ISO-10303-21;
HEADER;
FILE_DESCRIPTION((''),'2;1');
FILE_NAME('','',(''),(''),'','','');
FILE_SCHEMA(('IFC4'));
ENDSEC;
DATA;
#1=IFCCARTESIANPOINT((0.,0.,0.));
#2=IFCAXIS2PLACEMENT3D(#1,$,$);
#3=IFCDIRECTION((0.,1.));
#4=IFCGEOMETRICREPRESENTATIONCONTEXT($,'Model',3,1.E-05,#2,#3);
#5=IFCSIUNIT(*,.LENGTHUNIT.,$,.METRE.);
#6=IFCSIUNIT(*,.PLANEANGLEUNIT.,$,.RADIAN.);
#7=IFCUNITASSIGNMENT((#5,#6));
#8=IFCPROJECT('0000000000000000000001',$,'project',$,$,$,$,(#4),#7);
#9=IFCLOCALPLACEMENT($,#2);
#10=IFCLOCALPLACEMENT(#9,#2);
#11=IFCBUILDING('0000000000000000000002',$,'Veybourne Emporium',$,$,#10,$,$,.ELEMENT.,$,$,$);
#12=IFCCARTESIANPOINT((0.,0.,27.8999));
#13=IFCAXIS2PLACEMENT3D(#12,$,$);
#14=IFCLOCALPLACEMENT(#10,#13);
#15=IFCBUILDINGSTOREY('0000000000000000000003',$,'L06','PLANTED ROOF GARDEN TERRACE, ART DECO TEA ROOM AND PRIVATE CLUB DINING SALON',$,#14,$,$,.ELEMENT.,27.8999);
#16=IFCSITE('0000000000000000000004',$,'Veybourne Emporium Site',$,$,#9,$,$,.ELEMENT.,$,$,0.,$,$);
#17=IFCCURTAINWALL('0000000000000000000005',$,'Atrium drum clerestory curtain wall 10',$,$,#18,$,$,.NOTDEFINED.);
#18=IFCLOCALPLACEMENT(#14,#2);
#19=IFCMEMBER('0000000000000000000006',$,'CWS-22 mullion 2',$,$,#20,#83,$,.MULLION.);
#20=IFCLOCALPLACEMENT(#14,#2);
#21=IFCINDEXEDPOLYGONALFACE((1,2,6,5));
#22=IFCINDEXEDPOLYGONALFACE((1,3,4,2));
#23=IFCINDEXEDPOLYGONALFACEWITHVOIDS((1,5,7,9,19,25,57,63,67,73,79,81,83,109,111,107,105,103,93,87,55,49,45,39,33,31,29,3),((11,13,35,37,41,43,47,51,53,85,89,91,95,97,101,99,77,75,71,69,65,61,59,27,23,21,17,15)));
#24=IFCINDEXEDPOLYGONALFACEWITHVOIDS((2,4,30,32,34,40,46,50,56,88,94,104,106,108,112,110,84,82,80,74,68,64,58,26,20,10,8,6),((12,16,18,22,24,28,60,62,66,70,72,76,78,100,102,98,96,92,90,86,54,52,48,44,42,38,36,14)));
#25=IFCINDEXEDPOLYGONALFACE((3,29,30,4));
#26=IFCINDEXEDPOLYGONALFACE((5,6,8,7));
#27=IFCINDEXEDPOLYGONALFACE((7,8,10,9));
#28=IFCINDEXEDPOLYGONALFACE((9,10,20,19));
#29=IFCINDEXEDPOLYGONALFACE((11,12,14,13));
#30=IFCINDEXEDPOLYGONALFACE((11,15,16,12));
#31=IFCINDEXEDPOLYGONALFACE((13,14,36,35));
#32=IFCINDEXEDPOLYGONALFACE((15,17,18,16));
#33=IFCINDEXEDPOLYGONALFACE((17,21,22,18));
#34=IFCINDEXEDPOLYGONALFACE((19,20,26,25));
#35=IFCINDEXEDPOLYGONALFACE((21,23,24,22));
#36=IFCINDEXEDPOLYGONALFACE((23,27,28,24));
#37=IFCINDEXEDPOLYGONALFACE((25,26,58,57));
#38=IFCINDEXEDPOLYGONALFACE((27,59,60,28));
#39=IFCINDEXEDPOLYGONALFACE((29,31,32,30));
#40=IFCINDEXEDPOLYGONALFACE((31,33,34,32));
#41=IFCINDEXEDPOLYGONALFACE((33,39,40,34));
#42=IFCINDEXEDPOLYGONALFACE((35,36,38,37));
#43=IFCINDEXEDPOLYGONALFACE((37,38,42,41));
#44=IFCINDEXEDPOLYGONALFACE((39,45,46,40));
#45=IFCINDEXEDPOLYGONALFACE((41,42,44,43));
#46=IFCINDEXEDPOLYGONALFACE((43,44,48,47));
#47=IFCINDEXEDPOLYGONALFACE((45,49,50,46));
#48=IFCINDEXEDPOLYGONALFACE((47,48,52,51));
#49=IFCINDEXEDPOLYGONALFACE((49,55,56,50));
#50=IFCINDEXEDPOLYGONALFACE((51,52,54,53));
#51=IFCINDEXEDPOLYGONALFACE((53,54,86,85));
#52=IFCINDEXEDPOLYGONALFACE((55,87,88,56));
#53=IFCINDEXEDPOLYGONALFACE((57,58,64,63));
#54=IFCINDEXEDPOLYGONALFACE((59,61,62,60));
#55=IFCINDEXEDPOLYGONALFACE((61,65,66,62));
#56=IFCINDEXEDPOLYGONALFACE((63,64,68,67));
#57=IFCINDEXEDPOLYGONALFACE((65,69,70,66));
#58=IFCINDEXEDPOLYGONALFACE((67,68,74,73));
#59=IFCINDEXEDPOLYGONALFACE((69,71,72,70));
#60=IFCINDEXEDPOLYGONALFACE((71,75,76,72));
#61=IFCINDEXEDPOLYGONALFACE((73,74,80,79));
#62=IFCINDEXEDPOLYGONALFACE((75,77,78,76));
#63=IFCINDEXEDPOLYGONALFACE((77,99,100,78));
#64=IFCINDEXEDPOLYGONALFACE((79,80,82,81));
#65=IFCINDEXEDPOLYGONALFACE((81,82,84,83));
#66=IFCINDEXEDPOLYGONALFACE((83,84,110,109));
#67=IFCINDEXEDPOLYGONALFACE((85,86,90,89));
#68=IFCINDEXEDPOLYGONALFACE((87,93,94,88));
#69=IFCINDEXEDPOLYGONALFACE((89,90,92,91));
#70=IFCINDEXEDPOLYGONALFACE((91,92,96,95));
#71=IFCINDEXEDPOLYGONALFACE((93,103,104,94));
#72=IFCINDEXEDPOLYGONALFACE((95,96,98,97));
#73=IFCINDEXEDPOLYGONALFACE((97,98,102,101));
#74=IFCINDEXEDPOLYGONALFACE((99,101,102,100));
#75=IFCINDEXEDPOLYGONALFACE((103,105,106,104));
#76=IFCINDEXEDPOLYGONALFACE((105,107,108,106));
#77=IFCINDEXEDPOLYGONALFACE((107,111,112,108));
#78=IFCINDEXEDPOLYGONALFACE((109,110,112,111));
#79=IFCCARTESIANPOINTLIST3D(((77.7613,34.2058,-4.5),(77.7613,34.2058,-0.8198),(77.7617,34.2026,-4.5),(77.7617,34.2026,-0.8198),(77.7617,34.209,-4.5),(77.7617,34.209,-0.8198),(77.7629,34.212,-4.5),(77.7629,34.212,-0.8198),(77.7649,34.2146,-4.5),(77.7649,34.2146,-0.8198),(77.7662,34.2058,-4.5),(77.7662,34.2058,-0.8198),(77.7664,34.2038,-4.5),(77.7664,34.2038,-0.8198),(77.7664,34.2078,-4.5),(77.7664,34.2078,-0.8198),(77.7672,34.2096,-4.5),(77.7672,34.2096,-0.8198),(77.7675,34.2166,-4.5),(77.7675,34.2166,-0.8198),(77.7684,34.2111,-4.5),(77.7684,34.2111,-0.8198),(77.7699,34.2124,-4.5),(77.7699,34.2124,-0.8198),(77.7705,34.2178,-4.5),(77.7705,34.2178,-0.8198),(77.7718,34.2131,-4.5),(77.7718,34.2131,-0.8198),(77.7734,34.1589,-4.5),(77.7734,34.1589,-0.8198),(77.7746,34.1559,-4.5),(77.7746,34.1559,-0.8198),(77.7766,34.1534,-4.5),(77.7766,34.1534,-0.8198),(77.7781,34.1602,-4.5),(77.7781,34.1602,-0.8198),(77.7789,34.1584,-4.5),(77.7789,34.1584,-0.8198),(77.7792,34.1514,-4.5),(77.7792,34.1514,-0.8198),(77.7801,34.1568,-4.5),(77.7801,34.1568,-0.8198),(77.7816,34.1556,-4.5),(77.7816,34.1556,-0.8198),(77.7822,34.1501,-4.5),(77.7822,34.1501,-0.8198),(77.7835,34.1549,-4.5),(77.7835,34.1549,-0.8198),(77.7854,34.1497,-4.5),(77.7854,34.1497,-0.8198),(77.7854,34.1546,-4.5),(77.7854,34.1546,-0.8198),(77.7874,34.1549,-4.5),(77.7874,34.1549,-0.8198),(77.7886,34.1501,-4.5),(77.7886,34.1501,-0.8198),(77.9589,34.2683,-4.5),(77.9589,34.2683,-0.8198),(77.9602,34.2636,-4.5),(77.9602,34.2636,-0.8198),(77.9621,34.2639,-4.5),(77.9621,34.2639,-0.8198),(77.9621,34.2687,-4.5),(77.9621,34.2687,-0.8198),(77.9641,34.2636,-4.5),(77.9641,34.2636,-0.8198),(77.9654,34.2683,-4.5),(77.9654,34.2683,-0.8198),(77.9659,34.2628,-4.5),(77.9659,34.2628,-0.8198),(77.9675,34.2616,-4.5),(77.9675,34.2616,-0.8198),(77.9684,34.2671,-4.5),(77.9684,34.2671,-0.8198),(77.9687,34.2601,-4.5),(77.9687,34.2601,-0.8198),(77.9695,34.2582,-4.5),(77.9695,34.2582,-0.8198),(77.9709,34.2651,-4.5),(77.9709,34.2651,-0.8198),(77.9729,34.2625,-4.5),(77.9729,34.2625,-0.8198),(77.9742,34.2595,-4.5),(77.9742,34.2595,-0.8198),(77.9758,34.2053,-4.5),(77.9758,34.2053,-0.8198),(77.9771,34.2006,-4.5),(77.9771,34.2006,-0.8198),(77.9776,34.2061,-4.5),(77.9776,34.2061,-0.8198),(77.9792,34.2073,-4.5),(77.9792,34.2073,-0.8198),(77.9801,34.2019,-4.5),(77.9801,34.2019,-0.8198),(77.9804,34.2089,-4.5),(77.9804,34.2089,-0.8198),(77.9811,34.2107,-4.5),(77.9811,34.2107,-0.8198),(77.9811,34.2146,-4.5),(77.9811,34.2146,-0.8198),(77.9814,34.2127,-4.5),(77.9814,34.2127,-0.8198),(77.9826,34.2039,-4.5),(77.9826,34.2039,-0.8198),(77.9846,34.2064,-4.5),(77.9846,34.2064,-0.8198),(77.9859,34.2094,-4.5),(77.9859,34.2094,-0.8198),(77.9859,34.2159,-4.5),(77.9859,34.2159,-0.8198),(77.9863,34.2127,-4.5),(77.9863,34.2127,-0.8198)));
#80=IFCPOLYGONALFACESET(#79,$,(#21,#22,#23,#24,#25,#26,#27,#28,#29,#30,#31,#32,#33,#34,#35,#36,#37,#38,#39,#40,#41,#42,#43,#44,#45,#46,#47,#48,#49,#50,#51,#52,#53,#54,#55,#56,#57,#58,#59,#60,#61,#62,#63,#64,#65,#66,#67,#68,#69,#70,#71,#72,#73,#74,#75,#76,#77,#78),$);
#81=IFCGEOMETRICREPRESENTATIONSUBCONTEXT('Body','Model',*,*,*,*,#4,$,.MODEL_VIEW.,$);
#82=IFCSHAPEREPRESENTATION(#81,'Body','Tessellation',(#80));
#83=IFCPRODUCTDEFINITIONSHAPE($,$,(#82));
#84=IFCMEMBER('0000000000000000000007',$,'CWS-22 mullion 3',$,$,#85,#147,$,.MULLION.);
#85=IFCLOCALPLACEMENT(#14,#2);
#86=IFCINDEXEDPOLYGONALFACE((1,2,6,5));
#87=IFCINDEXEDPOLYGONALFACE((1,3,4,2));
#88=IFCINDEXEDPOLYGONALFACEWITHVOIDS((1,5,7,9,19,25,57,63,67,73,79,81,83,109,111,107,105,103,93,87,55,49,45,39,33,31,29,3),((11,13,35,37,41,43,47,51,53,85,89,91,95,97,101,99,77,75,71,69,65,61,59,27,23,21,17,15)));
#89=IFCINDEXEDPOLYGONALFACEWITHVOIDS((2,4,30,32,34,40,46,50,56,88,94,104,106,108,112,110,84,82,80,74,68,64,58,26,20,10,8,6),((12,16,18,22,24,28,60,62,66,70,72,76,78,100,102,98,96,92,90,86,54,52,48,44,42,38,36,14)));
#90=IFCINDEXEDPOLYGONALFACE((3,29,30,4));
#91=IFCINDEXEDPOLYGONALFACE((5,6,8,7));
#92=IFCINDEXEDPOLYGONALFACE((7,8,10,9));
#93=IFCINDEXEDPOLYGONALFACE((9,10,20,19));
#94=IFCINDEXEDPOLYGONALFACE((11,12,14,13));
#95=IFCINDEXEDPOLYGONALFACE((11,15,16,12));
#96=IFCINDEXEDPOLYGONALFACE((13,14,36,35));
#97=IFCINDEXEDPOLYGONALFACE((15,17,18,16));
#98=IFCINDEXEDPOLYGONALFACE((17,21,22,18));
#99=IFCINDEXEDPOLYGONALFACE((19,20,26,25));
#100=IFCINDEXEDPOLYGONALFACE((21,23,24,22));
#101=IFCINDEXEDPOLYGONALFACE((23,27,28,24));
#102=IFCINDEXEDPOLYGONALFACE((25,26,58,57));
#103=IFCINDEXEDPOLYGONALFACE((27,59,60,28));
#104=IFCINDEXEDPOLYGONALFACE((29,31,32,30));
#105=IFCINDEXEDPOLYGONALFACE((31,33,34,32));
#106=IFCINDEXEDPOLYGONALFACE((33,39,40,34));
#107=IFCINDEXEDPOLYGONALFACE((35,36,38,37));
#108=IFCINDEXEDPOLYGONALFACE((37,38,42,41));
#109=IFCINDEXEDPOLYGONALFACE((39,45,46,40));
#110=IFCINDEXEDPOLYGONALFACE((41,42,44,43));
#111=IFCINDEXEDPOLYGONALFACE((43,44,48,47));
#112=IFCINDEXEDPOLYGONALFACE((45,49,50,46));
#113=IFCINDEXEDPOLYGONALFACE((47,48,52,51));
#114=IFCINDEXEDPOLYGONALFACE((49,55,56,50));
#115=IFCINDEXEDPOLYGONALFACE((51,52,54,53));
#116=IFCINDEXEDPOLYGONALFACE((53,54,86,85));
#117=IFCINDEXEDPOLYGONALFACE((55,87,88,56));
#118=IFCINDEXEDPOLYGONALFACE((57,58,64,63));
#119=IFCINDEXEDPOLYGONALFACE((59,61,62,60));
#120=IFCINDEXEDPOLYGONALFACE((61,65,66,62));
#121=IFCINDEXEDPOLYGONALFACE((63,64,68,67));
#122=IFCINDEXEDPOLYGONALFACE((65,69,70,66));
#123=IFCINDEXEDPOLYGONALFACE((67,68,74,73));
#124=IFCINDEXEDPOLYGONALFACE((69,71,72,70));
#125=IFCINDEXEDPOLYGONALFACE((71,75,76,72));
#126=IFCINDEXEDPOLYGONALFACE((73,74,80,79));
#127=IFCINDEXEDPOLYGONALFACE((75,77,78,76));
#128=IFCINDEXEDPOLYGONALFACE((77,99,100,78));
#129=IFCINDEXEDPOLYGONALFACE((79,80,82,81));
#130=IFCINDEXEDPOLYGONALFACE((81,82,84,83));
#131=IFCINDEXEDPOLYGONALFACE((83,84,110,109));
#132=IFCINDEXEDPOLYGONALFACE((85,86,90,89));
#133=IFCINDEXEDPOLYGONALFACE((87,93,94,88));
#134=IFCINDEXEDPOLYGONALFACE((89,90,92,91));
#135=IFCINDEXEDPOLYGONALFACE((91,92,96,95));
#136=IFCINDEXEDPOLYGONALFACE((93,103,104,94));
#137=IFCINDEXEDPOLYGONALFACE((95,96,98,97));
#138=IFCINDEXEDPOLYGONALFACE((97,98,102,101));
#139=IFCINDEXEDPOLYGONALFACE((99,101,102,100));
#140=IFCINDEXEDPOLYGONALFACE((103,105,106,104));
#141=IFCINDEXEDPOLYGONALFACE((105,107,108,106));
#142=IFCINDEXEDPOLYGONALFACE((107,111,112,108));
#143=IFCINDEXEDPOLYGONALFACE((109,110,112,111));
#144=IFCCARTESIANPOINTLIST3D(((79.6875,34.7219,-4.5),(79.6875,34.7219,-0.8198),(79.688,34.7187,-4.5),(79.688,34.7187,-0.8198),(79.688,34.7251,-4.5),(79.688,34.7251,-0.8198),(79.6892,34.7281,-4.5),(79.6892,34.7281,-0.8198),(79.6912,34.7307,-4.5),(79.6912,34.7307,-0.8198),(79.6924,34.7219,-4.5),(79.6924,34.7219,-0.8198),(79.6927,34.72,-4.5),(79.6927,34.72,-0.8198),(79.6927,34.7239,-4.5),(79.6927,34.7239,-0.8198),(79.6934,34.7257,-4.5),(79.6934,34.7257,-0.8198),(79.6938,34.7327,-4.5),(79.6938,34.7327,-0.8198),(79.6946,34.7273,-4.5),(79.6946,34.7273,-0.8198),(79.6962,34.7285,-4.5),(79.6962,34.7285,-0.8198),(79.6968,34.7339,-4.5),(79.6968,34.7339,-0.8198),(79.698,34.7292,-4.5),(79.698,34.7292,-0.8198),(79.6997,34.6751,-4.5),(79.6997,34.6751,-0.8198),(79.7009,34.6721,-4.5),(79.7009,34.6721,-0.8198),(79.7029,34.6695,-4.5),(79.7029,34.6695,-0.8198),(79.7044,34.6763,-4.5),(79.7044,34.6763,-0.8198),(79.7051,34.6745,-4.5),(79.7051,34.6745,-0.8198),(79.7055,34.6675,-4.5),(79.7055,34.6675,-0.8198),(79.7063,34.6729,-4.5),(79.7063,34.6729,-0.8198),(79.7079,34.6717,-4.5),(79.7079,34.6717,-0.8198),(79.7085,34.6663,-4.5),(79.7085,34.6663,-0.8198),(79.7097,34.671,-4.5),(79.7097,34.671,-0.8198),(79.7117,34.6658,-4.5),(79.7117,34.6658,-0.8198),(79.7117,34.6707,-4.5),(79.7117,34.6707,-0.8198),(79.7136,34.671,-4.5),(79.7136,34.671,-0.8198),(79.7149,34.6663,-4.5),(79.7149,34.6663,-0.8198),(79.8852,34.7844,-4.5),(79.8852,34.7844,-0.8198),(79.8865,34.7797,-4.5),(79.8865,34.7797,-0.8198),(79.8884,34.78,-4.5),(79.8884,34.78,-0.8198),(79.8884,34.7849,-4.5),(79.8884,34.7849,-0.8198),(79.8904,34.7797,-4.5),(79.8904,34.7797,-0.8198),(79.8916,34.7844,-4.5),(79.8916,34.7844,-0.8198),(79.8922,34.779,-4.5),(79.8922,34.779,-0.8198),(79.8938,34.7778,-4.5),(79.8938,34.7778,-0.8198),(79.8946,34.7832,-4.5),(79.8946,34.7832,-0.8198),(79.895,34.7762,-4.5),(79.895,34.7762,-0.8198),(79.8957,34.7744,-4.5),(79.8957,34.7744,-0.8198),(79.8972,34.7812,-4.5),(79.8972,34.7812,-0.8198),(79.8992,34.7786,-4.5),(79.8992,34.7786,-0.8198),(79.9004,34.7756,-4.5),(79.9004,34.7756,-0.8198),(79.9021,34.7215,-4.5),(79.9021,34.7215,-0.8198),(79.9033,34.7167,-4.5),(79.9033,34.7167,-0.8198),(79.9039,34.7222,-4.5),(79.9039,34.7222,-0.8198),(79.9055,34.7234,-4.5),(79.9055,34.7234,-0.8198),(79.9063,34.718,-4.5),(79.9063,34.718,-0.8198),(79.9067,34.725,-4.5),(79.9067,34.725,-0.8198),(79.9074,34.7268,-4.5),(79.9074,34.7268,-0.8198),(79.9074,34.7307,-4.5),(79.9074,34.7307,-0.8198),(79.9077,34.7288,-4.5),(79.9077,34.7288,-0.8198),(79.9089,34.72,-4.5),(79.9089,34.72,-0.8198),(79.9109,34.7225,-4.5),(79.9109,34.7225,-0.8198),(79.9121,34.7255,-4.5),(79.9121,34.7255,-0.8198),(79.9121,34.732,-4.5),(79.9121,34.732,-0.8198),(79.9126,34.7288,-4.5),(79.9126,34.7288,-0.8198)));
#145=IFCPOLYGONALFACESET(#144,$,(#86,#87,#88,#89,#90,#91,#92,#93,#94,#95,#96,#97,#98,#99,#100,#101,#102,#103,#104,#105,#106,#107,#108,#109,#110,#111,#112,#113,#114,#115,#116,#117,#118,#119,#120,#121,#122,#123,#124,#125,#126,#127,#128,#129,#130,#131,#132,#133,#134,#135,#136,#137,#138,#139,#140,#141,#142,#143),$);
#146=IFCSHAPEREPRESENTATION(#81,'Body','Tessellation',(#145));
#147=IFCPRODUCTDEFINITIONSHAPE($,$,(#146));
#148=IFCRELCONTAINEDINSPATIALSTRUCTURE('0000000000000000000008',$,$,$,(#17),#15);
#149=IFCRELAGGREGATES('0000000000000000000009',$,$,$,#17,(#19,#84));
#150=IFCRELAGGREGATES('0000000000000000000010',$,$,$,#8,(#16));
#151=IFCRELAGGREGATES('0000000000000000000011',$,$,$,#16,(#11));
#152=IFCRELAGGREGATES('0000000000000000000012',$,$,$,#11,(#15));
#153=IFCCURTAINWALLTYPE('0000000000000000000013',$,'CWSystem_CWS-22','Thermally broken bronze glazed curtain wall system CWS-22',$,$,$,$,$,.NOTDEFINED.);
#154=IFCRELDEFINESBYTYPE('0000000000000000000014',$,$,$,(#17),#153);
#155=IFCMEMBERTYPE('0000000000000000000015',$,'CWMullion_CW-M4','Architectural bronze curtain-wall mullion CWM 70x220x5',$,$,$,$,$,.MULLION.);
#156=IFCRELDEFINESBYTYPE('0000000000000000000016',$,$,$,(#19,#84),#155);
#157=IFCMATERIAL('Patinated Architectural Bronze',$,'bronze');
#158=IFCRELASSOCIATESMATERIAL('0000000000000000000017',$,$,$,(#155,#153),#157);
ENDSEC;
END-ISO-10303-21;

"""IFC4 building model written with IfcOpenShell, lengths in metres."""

from ifc_helpers import new_model, si_unit, direction, frame, origin, origin_2d, place, context, subcontext, project, spatial, hollow_rectangle, extrude, material, material_profile, profile_set, type_object, element, aggregate, save


model = new_model("IFC4")

# Units and contexts
model_context = context("Model", 3, precision=1e-05, world=origin(), true_north=direction((0.0, 1.0)))
body_context = subcontext(model_context, "Body", "Model", "MODEL_VIEW")
ifc_project = project(units=[si_unit("LENGTHUNIT", "METRE"), si_unit("PLANEANGLEUNIT", "RADIAN")], contexts=[model_context])

# Site, building, storey
site_placement = place(None, origin())
site = spatial("IfcSite", under=ifc_project, at=site_placement, Name="Veybourne Emporium Site", CompositionType="ELEMENT", RefElevation=0.0)
building_placement = place(site_placement, origin())
building = spatial("IfcBuilding", under=site, at=building_placement, Name="Veybourne Emporium", CompositionType="ELEMENT")
storey_placement = place(building_placement, frame((0.0, 0.0, 27.8999)))
storey = spatial("IfcBuildingStorey", under=building, at=storey_placement, Name="L06", Description="PLANTED ROOF GARDEN TERRACE, ART DECO TEA ROOM AND PRIVATE CLUB DINING SALON", CompositionType="ELEMENT", Elevation=27.8999)

# Shared definitions
ifc_material_1 = material(Name="Patinated Architectural Bronze", Category="bronze")
ifc_material_profile_1 = material_profile(ifc_material_1, hollow_rectangle(XDim=0.0701, YDim=0.22, WallThickness=0.0049, InnerFilletRadius=0.0076, OuterFilletRadius=0.0125, at=origin_2d()), Name="CWM 70x220x5")
ifc_profile_set_1 = profile_set([ifc_material_profile_1], Name="Patinated Architectural Bronze")
member_type_1 = type_object("IfcMemberType", Name="CWMullion_CW-M4", Description="Architectural bronze curtain-wall mullion CWM 70x220x5", PredefinedType="MULLION", material=ifc_profile_set_1)

# Curtain wall, members
curtain_wall_type_1 = type_object("IfcCurtainWallType", Name="CWSystem_CWS-22", Description="Thermally broken bronze glazed curtain wall system CWS-22", PredefinedType="NOTDEFINED", material=ifc_material_1)
curtain_wall_1_placement = place(storey_placement, origin())
curtain_wall_1 = element("IfcCurtainWall", 1, at=curtain_wall_1_placement, inside=storey, type_object=curtain_wall_type_1, Name="Atrium drum clerestory curtain wall 10", PredefinedType="NOTDEFINED")
member_1_placement = place(storey_placement, frame((77.8738, 34.2092, -4.5), z_axis=(0.0, 0.0, 1.0), x_axis=(-0.25882, 0.965926, 0.0)))
member_1 = element("IfcMember", 2, at=member_1_placement, type_object=member_type_1, Name="CWS-22 mullion 2", PredefinedType="MULLION", context=body_context, shape_type="SweptSolid", body=[
    extrude(hollow_rectangle(XDim=0.0701, YDim=0.22, WallThickness=0.0049, InnerFilletRadius=0.0076, OuterFilletRadius=0.0125, at=origin_2d()), origin(), (0.0, 0.0, 1.0), 3.6802),
])
member_2_placement = place(storey_placement, frame((79.8, 34.7253, -4.5), z_axis=(0.0, 0.0, 1.0), x_axis=(-0.25882, 0.965926, 0.0)))
member_2 = element("IfcMember", 3, at=member_2_placement, type_object=member_type_1, Name="CWS-22 mullion 3", PredefinedType="MULLION", context=body_context, shape_type="SweptSolid", body=[
    extrude(hollow_rectangle(XDim=0.0701, YDim=0.22, WallThickness=0.0049, InnerFilletRadius=0.0076, OuterFilletRadius=0.0125, at=origin_2d()), origin(), (0.0, 0.0, 1.0), 3.6802),
])

aggregate(curtain_wall_1, [member_1, member_2])

save(model, "model.ifc")
